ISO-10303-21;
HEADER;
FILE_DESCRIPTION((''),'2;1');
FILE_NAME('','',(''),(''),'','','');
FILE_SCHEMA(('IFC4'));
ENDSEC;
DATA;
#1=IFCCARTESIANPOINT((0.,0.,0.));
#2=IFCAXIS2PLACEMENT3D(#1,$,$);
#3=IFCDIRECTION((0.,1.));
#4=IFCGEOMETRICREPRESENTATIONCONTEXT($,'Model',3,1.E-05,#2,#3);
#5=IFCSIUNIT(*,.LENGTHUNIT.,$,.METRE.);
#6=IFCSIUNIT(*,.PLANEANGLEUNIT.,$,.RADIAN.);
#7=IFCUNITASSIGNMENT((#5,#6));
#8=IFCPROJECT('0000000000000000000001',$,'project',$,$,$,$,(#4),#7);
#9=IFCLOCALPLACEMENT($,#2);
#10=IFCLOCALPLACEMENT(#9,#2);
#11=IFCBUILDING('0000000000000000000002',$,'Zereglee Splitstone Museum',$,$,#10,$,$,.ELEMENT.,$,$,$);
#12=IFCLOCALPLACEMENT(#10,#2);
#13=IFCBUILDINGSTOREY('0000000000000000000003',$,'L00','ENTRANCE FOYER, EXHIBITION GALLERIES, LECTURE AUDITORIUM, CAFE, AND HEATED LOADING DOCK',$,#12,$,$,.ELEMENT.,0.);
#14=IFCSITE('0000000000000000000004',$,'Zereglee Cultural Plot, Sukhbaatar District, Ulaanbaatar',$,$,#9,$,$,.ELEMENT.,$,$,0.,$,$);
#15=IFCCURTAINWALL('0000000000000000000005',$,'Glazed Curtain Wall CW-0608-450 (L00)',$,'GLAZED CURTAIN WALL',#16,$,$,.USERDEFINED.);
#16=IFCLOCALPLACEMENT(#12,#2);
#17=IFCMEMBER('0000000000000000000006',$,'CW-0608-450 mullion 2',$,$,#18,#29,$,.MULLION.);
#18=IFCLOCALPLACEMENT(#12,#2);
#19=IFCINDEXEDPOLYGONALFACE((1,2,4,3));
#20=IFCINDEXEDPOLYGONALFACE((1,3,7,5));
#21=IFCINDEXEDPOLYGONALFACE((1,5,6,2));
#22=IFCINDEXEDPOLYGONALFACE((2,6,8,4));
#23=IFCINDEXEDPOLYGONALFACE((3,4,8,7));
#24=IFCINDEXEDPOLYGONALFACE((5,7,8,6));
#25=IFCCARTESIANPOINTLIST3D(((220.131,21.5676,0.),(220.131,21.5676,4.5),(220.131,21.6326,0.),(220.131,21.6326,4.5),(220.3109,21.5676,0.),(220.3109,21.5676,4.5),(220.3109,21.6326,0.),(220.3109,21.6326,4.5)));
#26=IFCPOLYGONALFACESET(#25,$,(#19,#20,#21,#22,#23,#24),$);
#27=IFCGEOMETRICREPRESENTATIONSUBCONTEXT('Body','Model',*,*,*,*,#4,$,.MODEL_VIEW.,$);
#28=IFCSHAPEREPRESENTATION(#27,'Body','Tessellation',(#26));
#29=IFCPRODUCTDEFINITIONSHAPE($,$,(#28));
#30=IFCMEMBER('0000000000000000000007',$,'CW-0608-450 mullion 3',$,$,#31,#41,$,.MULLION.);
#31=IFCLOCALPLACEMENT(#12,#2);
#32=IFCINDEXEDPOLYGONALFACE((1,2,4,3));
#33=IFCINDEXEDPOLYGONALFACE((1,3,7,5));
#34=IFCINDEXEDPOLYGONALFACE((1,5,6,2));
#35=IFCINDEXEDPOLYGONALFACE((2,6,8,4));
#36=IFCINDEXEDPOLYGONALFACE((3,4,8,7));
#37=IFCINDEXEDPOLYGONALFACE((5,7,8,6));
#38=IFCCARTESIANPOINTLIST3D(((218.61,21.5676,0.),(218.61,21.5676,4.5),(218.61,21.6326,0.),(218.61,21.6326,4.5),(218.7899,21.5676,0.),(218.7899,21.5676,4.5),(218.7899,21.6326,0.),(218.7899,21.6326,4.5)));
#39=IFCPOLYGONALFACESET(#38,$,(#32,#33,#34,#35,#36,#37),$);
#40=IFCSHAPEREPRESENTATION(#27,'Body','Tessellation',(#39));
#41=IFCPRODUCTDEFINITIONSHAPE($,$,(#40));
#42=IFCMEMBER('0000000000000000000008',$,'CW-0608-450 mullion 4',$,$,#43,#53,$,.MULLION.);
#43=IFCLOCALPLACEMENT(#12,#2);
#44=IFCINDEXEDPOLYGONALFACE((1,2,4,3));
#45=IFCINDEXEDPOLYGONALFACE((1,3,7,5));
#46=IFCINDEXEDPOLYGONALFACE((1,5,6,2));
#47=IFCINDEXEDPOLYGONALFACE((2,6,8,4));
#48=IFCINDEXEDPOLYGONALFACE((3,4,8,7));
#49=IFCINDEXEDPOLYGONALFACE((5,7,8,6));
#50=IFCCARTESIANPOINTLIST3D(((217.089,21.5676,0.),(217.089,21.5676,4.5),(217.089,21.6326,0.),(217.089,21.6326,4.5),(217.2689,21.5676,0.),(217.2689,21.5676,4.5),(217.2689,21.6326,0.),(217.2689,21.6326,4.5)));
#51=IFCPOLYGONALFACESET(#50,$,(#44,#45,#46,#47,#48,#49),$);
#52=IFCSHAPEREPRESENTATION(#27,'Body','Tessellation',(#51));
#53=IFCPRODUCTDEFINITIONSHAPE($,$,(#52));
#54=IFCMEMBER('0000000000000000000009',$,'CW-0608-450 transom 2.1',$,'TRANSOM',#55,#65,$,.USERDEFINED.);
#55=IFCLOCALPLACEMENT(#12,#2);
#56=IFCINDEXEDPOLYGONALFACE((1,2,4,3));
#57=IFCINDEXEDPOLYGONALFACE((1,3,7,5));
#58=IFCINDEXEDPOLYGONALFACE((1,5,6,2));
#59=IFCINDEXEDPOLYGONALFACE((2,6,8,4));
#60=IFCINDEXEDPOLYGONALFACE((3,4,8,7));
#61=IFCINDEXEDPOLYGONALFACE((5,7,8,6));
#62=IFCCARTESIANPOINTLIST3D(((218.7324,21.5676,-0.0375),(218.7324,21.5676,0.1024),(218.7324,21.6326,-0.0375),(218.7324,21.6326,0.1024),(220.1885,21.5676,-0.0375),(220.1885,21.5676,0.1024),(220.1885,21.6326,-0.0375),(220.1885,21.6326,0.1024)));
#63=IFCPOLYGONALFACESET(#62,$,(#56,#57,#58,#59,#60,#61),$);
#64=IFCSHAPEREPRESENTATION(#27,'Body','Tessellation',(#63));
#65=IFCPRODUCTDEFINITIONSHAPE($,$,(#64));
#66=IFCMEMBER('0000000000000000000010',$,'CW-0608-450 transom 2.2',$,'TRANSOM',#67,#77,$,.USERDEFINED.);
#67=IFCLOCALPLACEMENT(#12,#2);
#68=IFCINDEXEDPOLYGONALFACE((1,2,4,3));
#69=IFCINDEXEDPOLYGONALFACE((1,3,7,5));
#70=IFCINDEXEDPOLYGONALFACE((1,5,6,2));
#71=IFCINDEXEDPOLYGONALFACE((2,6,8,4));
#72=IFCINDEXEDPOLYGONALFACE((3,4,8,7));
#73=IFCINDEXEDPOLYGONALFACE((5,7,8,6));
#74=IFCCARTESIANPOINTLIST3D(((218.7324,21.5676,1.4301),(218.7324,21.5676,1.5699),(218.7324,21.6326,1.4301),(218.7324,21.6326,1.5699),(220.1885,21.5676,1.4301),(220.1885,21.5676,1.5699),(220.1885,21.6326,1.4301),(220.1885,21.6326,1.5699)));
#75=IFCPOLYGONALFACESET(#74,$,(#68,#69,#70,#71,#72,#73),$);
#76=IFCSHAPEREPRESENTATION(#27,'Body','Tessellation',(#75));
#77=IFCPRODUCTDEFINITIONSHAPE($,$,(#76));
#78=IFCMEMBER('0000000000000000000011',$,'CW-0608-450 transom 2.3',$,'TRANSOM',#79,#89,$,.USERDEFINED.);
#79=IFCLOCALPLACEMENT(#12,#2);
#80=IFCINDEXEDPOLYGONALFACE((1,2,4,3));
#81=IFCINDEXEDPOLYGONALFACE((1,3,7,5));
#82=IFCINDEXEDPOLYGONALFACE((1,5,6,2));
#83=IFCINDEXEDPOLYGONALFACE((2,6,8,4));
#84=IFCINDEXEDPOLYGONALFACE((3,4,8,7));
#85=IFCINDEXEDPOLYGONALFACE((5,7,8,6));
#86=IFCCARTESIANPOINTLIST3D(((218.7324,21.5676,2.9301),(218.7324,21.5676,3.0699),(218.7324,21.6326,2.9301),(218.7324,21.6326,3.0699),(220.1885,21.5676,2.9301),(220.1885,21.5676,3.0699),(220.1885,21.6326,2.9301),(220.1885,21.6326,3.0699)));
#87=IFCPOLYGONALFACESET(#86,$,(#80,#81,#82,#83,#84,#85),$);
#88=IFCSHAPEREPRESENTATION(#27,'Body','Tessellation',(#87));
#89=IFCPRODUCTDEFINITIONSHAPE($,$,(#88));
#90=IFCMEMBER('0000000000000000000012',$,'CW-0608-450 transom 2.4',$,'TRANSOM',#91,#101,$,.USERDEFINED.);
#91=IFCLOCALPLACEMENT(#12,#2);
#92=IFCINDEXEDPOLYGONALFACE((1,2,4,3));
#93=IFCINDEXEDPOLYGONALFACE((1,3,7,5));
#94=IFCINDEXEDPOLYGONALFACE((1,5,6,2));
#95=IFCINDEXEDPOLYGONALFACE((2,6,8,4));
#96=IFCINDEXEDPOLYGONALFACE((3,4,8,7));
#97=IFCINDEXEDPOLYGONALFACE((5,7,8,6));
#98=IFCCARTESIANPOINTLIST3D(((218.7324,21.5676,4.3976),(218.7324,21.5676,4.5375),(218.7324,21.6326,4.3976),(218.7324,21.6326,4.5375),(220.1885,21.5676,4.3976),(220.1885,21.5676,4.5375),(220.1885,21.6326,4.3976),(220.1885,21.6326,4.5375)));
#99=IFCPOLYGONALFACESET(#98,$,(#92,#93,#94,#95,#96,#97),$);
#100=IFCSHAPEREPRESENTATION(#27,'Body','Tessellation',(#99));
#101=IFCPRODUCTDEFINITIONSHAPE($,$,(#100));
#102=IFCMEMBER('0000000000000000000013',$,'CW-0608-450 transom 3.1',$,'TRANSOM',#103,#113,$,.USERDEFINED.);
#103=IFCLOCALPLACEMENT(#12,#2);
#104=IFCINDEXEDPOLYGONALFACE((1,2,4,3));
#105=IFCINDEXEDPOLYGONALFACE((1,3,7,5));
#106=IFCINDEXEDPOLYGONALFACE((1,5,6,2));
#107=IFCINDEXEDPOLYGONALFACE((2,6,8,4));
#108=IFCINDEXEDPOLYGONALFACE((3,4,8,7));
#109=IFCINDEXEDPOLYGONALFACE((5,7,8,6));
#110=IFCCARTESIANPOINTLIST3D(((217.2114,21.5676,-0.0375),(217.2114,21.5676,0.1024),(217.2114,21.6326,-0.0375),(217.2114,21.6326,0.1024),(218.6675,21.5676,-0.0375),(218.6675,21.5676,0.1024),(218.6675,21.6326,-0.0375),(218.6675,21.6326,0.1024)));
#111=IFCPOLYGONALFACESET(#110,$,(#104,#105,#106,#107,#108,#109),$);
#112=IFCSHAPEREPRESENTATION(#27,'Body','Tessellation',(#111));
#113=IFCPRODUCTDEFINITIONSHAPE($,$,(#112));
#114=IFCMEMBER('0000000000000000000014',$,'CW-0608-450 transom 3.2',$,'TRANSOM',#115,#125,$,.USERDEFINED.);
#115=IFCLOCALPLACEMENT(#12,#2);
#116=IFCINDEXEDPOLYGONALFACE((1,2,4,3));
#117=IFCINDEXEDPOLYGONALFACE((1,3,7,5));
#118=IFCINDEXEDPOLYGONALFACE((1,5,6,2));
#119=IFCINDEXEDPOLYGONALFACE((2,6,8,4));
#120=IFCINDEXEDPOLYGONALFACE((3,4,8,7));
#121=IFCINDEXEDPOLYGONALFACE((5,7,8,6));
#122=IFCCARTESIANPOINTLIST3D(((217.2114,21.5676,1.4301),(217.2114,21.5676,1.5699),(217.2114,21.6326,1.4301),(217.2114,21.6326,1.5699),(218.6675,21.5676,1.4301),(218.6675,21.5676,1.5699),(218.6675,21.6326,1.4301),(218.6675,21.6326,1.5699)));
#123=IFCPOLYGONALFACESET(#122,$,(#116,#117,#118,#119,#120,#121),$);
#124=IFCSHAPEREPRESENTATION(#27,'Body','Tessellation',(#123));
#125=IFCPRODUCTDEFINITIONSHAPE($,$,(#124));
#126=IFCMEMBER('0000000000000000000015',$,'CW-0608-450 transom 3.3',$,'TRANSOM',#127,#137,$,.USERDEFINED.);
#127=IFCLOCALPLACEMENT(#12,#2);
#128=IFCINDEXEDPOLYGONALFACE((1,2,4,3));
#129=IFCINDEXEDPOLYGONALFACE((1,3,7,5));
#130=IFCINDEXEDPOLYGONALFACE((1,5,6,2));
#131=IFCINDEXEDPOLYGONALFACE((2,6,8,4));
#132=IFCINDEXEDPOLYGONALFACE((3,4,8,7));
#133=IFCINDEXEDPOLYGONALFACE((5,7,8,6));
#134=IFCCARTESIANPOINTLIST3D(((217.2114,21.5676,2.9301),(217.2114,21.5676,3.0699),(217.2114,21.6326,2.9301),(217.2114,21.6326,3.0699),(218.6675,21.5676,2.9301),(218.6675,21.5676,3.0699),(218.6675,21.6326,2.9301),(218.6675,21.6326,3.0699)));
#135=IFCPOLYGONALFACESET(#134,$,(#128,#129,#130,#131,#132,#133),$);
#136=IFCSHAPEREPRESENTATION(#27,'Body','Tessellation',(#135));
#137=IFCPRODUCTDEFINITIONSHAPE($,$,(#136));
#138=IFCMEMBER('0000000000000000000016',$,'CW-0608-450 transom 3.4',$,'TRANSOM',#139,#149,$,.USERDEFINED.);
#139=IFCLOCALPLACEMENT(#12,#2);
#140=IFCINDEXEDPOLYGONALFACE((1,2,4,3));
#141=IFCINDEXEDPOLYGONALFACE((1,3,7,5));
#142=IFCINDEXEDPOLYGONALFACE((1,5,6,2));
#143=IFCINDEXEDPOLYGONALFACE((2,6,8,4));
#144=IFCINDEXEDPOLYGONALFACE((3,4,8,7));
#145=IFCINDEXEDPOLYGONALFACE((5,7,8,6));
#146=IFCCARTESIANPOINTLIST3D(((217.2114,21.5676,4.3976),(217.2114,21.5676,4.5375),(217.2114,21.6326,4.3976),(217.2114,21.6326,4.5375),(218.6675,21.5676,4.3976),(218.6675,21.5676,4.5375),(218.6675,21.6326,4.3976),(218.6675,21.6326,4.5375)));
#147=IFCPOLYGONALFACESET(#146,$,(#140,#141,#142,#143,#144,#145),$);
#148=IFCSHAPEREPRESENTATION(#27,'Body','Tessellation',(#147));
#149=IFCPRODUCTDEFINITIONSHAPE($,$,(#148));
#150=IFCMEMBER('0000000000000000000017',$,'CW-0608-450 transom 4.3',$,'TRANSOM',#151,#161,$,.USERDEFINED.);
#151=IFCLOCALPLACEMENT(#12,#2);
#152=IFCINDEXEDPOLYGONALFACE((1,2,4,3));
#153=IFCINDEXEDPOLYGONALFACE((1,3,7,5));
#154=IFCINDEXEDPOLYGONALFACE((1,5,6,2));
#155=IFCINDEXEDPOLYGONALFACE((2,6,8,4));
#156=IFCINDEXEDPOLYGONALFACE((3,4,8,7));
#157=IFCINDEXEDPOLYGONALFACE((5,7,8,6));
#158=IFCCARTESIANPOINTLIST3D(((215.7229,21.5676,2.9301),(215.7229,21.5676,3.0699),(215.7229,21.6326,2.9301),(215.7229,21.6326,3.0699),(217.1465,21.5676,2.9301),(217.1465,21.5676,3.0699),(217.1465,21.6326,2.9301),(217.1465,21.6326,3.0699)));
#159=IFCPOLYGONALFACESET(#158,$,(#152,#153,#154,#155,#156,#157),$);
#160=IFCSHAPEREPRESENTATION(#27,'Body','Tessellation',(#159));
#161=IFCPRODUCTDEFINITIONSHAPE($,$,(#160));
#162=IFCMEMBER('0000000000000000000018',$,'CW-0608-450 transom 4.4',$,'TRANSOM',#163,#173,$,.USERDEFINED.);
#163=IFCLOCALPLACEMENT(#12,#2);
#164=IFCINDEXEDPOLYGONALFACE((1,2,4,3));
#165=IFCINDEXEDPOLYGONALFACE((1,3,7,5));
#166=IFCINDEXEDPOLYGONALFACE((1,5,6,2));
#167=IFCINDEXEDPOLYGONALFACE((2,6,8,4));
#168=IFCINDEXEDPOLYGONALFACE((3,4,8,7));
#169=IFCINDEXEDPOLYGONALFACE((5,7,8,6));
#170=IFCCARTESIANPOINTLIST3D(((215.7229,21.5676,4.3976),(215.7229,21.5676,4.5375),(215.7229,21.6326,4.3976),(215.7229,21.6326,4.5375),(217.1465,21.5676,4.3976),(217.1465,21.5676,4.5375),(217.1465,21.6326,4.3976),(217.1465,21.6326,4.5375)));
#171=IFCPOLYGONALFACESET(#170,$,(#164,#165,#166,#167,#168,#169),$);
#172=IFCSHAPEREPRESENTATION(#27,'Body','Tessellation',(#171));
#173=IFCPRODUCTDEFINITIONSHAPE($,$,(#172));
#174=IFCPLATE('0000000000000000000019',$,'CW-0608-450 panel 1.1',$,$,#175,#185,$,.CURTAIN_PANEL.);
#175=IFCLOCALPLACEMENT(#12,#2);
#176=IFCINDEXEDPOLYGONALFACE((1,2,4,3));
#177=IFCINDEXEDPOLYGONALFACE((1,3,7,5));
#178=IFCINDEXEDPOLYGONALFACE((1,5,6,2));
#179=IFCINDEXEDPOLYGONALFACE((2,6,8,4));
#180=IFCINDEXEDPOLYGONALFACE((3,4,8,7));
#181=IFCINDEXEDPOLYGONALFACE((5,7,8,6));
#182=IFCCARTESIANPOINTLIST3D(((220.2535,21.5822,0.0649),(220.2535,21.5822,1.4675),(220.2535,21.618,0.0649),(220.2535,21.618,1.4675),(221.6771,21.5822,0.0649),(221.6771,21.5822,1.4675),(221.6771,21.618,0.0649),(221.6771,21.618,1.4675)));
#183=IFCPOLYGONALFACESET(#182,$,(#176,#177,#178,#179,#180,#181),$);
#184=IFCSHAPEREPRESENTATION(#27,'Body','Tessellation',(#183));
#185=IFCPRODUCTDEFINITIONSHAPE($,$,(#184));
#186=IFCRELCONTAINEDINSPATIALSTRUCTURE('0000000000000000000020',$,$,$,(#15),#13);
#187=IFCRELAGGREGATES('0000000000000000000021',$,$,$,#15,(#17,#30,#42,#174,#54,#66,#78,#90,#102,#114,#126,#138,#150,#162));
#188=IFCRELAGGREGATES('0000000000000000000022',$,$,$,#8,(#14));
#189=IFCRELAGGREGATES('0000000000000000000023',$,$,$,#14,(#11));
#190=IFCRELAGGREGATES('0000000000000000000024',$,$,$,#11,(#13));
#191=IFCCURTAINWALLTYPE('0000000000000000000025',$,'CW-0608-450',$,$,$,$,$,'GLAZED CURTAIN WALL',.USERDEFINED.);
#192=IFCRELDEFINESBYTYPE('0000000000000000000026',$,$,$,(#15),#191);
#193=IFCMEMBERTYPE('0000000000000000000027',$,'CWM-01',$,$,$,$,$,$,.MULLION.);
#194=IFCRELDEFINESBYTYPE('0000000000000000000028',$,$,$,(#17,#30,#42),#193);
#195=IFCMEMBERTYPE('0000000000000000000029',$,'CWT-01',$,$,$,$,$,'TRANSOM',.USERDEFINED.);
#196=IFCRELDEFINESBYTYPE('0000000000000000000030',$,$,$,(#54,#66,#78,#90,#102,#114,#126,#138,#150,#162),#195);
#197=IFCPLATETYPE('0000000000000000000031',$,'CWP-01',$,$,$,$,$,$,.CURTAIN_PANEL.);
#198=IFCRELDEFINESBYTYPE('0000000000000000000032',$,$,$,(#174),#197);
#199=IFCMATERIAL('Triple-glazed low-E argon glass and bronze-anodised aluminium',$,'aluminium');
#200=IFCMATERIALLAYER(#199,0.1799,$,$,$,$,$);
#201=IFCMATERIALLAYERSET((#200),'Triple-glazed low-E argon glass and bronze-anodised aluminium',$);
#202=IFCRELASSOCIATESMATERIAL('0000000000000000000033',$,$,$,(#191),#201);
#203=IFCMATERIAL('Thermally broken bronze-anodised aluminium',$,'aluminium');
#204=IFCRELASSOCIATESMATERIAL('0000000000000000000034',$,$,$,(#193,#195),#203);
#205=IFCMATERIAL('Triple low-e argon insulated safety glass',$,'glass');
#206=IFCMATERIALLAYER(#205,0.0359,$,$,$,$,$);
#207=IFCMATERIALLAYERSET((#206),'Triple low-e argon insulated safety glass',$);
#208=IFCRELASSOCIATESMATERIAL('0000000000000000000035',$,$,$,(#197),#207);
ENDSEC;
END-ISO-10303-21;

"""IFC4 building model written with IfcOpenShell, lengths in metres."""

from ifc_helpers import new_model, si_unit, direction, frame, origin, origin_2d, place, context, subcontext, project, spatial, rectangle, extrude, material, layer, layer_set, material_profile, profile_set, type_object, element, aggregate, save


model = new_model("IFC4")

# Units and contexts
model_context = context("Model", 3, precision=1e-05, world=origin(), true_north=direction((0.0, 1.0)))
body_context = subcontext(model_context, "Body", "Model", "MODEL_VIEW")
ifc_project = project(units=[si_unit("LENGTHUNIT", "METRE"), si_unit("PLANEANGLEUNIT", "RADIAN")], contexts=[model_context])

# Site, building, storey
site_placement = place(None, origin())
site = spatial("IfcSite", under=ifc_project, at=site_placement, Name="Zereglee Cultural Plot, Sukhbaatar District, Ulaanbaatar", CompositionType="ELEMENT", RefElevation=0.0)
building_placement = place(site_placement, origin())
building = spatial("IfcBuilding", under=site, at=building_placement, Name="Zereglee Splitstone Museum", CompositionType="ELEMENT")
storey_placement = place(building_placement, origin())
storey = spatial("IfcBuildingStorey", under=building, at=storey_placement, Name="L00", Description="ENTRANCE FOYER, EXHIBITION GALLERIES, LECTURE AUDITORIUM, CAFE, AND HEATED LOADING DOCK", CompositionType="ELEMENT", Elevation=0.0)

# Curtain wall, members, plate
ifc_material_1 = material(Name="Triple-glazed low-E argon glass and bronze-anodised aluminium", Category="aluminium")
ifc_layer_1 = layer(ifc_material_1, 0.1799)
ifc_layer_set_1 = layer_set([ifc_layer_1], Name="Triple-glazed low-E argon glass and bronze-anodised aluminium")
curtain_wall_type = type_object("IfcCurtainWallType", Name="CW-0608-450", ElementType="GLAZED CURTAIN WALL", PredefinedType="USERDEFINED", material=ifc_layer_set_1)
curtain_wall_placement = place(storey_placement, origin())
curtain_wall = element("IfcCurtainWall", 1, at=curtain_wall_placement, inside=storey, type_object=curtain_wall_type, Name="Glazed Curtain Wall CW-0608-450 (L00)", ObjectType="GLAZED CURTAIN WALL", PredefinedType="USERDEFINED")
ifc_material_2 = material(Name="Thermally broken bronze-anodised aluminium", Category="aluminium")
ifc_material_profile_1 = material_profile(ifc_material_2, rectangle(XDim=0.0649, YDim=0.1799, at=origin_2d()), Name="CW MULL 65x180")
ifc_profile_set_1 = profile_set([ifc_material_profile_1], Name="Thermally broken bronze-anodised aluminium")
member_type_1 = type_object("IfcMemberType", Name="CWM-01", PredefinedType="MULLION", material=ifc_profile_set_1)
member_1_placement = place(storey_placement, frame((220.2209, 21.6001, 0.0), z_axis=(0.0, 0.0, 1.0), x_axis=(0.0, -1.0, 0.0)))
member_1 = element("IfcMember", 2, at=member_1_placement, type_object=member_type_1, Name="CW-0608-450 mullion 2", PredefinedType="MULLION", context=body_context, shape_type="SweptSolid", body=[
    extrude(rectangle(XDim=0.0649, YDim=0.1799, at=origin_2d()), origin(), (0.0, 0.0, 1.0), 4.5),
])
member_2_placement = place(storey_placement, frame((218.7, 21.6001, 0.0), z_axis=(0.0, 0.0, 1.0), x_axis=(0.0, -1.0, 0.0)))
member_2 = element("IfcMember", 3, at=member_2_placement, type_object=member_type_1, Name="CW-0608-450 mullion 3", PredefinedType="MULLION", context=body_context, shape_type="SweptSolid", body=[
    extrude(rectangle(XDim=0.0649, YDim=0.1799, at=origin_2d()), origin(), (0.0, 0.0, 1.0), 4.5),
])
member_3_placement = place(storey_placement, frame((217.179, 21.6001, 0.0), z_axis=(0.0, 0.0, 1.0), x_axis=(0.0, -1.0, 0.0)))
member_3 = element("IfcMember", 4, at=member_3_placement, type_object=member_type_1, Name="CW-0608-450 mullion 4", PredefinedType="MULLION", context=body_context, shape_type="SweptSolid", body=[
    extrude(rectangle(XDim=0.0649, YDim=0.1799, at=origin_2d()), origin(), (0.0, 0.0, 1.0), 4.5),
])
ifc_material_profile_2 = material_profile(ifc_material_2, rectangle(XDim=0.0649, YDim=0.1399, at=origin_2d()), Name="CW TRAN 65x140")
ifc_profile_set_2 = profile_set([ifc_material_profile_2], Name="Thermally broken bronze-anodised aluminium")
member_type_2 = type_object("IfcMemberType", Name="CWT-01", ElementType="TRANSOM", PredefinedType="USERDEFINED", material=ifc_profile_set_2)
member_4_placement = place(storey_placement, frame((220.1885, 21.6001, 0.0325), z_axis=(-1.0, 0.0, 0.0), x_axis=(0.0, -1.0, 0.0)))
member_4 = element("IfcMember", 5, at=member_4_placement, type_object=member_type_2, Name="CW-0608-450 transom 2.1", ObjectType="TRANSOM", PredefinedType="USERDEFINED", context=body_context, shape_type="SweptSolid", body=[
    extrude(rectangle(XDim=0.0649, YDim=0.1399, at=origin_2d()), origin(), (0.0, 0.0, 1.0), 1.4561),
])
member_5_placement = place(storey_placement, frame((220.1885, 21.6001, 1.5), z_axis=(-1.0, 0.0, 0.0), x_axis=(0.0, -1.0, 0.0)))
member_5 = element("IfcMember", 6, at=member_5_placement, type_object=member_type_2, Name="CW-0608-450 transom 2.2", ObjectType="TRANSOM", PredefinedType="USERDEFINED", context=body_context, shape_type="SweptSolid", body=[
    extrude(rectangle(XDim=0.0649, YDim=0.1399, at=origin_2d()), origin(), (0.0, 0.0, 1.0), 1.4561),
])
member_6_placement = place(storey_placement, frame((220.1885, 21.6001, 3.0), z_axis=(-1.0, 0.0, 0.0), x_axis=(0.0, -1.0, 0.0)))
member_6 = element("IfcMember", 7, at=member_6_placement, type_object=member_type_2, Name="CW-0608-450 transom 2.3", ObjectType="TRANSOM", PredefinedType="USERDEFINED", context=body_context, shape_type="SweptSolid", body=[
    extrude(rectangle(XDim=0.0649, YDim=0.1399, at=origin_2d()), origin(), (0.0, 0.0, 1.0), 1.4561),
])
member_7_placement = place(storey_placement, frame((220.1885, 21.6001, 4.4675), z_axis=(-1.0, 0.0, 0.0), x_axis=(0.0, -1.0, 0.0)))
member_7 = element("IfcMember", 8, at=member_7_placement, type_object=member_type_2, Name="CW-0608-450 transom 2.4", ObjectType="TRANSOM", PredefinedType="USERDEFINED", context=body_context, shape_type="SweptSolid", body=[
    extrude(rectangle(XDim=0.0649, YDim=0.1399, at=origin_2d()), origin(), (0.0, 0.0, 1.0), 1.4561),
])
member_8_placement = place(storey_placement, frame((218.6675, 21.6001, 0.0325), z_axis=(-1.0, 0.0, 0.0), x_axis=(0.0, -1.0, 0.0)))
member_8 = element("IfcMember", 9, at=member_8_placement, type_object=member_type_2, Name="CW-0608-450 transom 3.1", ObjectType="TRANSOM", PredefinedType="USERDEFINED", context=body_context, shape_type="SweptSolid", body=[
    extrude(rectangle(XDim=0.0649, YDim=0.1399, at=origin_2d()), origin(), (0.0, 0.0, 1.0), 1.4561),
])
member_9_placement = place(storey_placement, frame((218.6675, 21.6001, 1.5), z_axis=(-1.0, 0.0, 0.0), x_axis=(0.0, -1.0, 0.0)))
member_9 = element("IfcMember", 10, at=member_9_placement, type_object=member_type_2, Name="CW-0608-450 transom 3.2", ObjectType="TRANSOM", PredefinedType="USERDEFINED", context=body_context, shape_type="SweptSolid", body=[
    extrude(rectangle(XDim=0.0649, YDim=0.1399, at=origin_2d()), origin(), (0.0, 0.0, 1.0), 1.4561),
])
member_10_placement = place(storey_placement, frame((218.6675, 21.6001, 3.0), z_axis=(-1.0, 0.0, 0.0), x_axis=(0.0, -1.0, 0.0)))
member_10 = element("IfcMember", 11, at=member_10_placement, type_object=member_type_2, Name="CW-0608-450 transom 3.3", ObjectType="TRANSOM", PredefinedType="USERDEFINED", context=body_context, shape_type="SweptSolid", body=[
    extrude(rectangle(XDim=0.0649, YDim=0.1399, at=origin_2d()), origin(), (0.0, 0.0, 1.0), 1.4561),
])
member_11_placement = place(storey_placement, frame((218.6675, 21.6001, 4.4675), z_axis=(-1.0, 0.0, 0.0), x_axis=(0.0, -1.0, 0.0)))
member_11 = element("IfcMember", 12, at=member_11_placement, type_object=member_type_2, Name="CW-0608-450 transom 3.4", ObjectType="TRANSOM", PredefinedType="USERDEFINED", context=body_context, shape_type="SweptSolid", body=[
    extrude(rectangle(XDim=0.0649, YDim=0.1399, at=origin_2d()), origin(), (0.0, 0.0, 1.0), 1.4561),
])
member_12_placement = place(storey_placement, frame((217.1465, 21.6001, 3.0), z_axis=(-1.0, 0.0, 0.0), x_axis=(0.0, -1.0, 0.0)))
member_12 = element("IfcMember", 13, at=member_12_placement, type_object=member_type_2, Name="CW-0608-450 transom 4.3", ObjectType="TRANSOM", PredefinedType="USERDEFINED", context=body_context, shape_type="SweptSolid", body=[
    extrude(rectangle(XDim=0.0649, YDim=0.1399, at=origin_2d()), origin(), (0.0, 0.0, 1.0), 1.4236),
])
member_13_placement = place(storey_placement, frame((217.1465, 21.6001, 4.4675), z_axis=(-1.0, 0.0, 0.0), x_axis=(0.0, -1.0, 0.0)))
member_13 = element("IfcMember", 14, at=member_13_placement, type_object=member_type_2, Name="CW-0608-450 transom 4.4", ObjectType="TRANSOM", PredefinedType="USERDEFINED", context=body_context, shape_type="SweptSolid", body=[
    extrude(rectangle(XDim=0.0649, YDim=0.1399, at=origin_2d()), origin(), (0.0, 0.0, 1.0), 1.4236),
])
ifc_material_3 = material(Name="Triple low-e argon insulated safety glass", Category="glass")
ifc_layer_2 = layer(ifc_material_3, 0.0359)
ifc_layer_set_2 = layer_set([ifc_layer_2], Name="Triple low-e argon insulated safety glass")
plate_type = type_object("IfcPlateType", Name="CWP-01", PredefinedType="CURTAIN_PANEL", material=ifc_layer_set_2)
plate_1_placement = place(storey_placement, frame((220.9653, 21.6001, 0.0649), z_axis=(0.0, 0.0, 1.0), x_axis=(-1.0, 0.0, 0.0)))
plate_1 = element("IfcPlate", 15, at=plate_1_placement, type_object=plate_type, Name="CW-0608-450 panel 1.1", PredefinedType="CURTAIN_PANEL", context=body_context, shape_type="SweptSolid", body=[
    extrude(rectangle(XDim=1.4236, YDim=0.0359, at=origin_2d()), origin(), (0.0, 0.0, 1.0), 1.4026),
])
aggregate(curtain_wall, [member_1, member_2, member_3, plate_1, member_4, member_5, member_6, member_7, member_8, member_9, member_10, member_11, member_12, member_13])

save(model, "model.ifc")
